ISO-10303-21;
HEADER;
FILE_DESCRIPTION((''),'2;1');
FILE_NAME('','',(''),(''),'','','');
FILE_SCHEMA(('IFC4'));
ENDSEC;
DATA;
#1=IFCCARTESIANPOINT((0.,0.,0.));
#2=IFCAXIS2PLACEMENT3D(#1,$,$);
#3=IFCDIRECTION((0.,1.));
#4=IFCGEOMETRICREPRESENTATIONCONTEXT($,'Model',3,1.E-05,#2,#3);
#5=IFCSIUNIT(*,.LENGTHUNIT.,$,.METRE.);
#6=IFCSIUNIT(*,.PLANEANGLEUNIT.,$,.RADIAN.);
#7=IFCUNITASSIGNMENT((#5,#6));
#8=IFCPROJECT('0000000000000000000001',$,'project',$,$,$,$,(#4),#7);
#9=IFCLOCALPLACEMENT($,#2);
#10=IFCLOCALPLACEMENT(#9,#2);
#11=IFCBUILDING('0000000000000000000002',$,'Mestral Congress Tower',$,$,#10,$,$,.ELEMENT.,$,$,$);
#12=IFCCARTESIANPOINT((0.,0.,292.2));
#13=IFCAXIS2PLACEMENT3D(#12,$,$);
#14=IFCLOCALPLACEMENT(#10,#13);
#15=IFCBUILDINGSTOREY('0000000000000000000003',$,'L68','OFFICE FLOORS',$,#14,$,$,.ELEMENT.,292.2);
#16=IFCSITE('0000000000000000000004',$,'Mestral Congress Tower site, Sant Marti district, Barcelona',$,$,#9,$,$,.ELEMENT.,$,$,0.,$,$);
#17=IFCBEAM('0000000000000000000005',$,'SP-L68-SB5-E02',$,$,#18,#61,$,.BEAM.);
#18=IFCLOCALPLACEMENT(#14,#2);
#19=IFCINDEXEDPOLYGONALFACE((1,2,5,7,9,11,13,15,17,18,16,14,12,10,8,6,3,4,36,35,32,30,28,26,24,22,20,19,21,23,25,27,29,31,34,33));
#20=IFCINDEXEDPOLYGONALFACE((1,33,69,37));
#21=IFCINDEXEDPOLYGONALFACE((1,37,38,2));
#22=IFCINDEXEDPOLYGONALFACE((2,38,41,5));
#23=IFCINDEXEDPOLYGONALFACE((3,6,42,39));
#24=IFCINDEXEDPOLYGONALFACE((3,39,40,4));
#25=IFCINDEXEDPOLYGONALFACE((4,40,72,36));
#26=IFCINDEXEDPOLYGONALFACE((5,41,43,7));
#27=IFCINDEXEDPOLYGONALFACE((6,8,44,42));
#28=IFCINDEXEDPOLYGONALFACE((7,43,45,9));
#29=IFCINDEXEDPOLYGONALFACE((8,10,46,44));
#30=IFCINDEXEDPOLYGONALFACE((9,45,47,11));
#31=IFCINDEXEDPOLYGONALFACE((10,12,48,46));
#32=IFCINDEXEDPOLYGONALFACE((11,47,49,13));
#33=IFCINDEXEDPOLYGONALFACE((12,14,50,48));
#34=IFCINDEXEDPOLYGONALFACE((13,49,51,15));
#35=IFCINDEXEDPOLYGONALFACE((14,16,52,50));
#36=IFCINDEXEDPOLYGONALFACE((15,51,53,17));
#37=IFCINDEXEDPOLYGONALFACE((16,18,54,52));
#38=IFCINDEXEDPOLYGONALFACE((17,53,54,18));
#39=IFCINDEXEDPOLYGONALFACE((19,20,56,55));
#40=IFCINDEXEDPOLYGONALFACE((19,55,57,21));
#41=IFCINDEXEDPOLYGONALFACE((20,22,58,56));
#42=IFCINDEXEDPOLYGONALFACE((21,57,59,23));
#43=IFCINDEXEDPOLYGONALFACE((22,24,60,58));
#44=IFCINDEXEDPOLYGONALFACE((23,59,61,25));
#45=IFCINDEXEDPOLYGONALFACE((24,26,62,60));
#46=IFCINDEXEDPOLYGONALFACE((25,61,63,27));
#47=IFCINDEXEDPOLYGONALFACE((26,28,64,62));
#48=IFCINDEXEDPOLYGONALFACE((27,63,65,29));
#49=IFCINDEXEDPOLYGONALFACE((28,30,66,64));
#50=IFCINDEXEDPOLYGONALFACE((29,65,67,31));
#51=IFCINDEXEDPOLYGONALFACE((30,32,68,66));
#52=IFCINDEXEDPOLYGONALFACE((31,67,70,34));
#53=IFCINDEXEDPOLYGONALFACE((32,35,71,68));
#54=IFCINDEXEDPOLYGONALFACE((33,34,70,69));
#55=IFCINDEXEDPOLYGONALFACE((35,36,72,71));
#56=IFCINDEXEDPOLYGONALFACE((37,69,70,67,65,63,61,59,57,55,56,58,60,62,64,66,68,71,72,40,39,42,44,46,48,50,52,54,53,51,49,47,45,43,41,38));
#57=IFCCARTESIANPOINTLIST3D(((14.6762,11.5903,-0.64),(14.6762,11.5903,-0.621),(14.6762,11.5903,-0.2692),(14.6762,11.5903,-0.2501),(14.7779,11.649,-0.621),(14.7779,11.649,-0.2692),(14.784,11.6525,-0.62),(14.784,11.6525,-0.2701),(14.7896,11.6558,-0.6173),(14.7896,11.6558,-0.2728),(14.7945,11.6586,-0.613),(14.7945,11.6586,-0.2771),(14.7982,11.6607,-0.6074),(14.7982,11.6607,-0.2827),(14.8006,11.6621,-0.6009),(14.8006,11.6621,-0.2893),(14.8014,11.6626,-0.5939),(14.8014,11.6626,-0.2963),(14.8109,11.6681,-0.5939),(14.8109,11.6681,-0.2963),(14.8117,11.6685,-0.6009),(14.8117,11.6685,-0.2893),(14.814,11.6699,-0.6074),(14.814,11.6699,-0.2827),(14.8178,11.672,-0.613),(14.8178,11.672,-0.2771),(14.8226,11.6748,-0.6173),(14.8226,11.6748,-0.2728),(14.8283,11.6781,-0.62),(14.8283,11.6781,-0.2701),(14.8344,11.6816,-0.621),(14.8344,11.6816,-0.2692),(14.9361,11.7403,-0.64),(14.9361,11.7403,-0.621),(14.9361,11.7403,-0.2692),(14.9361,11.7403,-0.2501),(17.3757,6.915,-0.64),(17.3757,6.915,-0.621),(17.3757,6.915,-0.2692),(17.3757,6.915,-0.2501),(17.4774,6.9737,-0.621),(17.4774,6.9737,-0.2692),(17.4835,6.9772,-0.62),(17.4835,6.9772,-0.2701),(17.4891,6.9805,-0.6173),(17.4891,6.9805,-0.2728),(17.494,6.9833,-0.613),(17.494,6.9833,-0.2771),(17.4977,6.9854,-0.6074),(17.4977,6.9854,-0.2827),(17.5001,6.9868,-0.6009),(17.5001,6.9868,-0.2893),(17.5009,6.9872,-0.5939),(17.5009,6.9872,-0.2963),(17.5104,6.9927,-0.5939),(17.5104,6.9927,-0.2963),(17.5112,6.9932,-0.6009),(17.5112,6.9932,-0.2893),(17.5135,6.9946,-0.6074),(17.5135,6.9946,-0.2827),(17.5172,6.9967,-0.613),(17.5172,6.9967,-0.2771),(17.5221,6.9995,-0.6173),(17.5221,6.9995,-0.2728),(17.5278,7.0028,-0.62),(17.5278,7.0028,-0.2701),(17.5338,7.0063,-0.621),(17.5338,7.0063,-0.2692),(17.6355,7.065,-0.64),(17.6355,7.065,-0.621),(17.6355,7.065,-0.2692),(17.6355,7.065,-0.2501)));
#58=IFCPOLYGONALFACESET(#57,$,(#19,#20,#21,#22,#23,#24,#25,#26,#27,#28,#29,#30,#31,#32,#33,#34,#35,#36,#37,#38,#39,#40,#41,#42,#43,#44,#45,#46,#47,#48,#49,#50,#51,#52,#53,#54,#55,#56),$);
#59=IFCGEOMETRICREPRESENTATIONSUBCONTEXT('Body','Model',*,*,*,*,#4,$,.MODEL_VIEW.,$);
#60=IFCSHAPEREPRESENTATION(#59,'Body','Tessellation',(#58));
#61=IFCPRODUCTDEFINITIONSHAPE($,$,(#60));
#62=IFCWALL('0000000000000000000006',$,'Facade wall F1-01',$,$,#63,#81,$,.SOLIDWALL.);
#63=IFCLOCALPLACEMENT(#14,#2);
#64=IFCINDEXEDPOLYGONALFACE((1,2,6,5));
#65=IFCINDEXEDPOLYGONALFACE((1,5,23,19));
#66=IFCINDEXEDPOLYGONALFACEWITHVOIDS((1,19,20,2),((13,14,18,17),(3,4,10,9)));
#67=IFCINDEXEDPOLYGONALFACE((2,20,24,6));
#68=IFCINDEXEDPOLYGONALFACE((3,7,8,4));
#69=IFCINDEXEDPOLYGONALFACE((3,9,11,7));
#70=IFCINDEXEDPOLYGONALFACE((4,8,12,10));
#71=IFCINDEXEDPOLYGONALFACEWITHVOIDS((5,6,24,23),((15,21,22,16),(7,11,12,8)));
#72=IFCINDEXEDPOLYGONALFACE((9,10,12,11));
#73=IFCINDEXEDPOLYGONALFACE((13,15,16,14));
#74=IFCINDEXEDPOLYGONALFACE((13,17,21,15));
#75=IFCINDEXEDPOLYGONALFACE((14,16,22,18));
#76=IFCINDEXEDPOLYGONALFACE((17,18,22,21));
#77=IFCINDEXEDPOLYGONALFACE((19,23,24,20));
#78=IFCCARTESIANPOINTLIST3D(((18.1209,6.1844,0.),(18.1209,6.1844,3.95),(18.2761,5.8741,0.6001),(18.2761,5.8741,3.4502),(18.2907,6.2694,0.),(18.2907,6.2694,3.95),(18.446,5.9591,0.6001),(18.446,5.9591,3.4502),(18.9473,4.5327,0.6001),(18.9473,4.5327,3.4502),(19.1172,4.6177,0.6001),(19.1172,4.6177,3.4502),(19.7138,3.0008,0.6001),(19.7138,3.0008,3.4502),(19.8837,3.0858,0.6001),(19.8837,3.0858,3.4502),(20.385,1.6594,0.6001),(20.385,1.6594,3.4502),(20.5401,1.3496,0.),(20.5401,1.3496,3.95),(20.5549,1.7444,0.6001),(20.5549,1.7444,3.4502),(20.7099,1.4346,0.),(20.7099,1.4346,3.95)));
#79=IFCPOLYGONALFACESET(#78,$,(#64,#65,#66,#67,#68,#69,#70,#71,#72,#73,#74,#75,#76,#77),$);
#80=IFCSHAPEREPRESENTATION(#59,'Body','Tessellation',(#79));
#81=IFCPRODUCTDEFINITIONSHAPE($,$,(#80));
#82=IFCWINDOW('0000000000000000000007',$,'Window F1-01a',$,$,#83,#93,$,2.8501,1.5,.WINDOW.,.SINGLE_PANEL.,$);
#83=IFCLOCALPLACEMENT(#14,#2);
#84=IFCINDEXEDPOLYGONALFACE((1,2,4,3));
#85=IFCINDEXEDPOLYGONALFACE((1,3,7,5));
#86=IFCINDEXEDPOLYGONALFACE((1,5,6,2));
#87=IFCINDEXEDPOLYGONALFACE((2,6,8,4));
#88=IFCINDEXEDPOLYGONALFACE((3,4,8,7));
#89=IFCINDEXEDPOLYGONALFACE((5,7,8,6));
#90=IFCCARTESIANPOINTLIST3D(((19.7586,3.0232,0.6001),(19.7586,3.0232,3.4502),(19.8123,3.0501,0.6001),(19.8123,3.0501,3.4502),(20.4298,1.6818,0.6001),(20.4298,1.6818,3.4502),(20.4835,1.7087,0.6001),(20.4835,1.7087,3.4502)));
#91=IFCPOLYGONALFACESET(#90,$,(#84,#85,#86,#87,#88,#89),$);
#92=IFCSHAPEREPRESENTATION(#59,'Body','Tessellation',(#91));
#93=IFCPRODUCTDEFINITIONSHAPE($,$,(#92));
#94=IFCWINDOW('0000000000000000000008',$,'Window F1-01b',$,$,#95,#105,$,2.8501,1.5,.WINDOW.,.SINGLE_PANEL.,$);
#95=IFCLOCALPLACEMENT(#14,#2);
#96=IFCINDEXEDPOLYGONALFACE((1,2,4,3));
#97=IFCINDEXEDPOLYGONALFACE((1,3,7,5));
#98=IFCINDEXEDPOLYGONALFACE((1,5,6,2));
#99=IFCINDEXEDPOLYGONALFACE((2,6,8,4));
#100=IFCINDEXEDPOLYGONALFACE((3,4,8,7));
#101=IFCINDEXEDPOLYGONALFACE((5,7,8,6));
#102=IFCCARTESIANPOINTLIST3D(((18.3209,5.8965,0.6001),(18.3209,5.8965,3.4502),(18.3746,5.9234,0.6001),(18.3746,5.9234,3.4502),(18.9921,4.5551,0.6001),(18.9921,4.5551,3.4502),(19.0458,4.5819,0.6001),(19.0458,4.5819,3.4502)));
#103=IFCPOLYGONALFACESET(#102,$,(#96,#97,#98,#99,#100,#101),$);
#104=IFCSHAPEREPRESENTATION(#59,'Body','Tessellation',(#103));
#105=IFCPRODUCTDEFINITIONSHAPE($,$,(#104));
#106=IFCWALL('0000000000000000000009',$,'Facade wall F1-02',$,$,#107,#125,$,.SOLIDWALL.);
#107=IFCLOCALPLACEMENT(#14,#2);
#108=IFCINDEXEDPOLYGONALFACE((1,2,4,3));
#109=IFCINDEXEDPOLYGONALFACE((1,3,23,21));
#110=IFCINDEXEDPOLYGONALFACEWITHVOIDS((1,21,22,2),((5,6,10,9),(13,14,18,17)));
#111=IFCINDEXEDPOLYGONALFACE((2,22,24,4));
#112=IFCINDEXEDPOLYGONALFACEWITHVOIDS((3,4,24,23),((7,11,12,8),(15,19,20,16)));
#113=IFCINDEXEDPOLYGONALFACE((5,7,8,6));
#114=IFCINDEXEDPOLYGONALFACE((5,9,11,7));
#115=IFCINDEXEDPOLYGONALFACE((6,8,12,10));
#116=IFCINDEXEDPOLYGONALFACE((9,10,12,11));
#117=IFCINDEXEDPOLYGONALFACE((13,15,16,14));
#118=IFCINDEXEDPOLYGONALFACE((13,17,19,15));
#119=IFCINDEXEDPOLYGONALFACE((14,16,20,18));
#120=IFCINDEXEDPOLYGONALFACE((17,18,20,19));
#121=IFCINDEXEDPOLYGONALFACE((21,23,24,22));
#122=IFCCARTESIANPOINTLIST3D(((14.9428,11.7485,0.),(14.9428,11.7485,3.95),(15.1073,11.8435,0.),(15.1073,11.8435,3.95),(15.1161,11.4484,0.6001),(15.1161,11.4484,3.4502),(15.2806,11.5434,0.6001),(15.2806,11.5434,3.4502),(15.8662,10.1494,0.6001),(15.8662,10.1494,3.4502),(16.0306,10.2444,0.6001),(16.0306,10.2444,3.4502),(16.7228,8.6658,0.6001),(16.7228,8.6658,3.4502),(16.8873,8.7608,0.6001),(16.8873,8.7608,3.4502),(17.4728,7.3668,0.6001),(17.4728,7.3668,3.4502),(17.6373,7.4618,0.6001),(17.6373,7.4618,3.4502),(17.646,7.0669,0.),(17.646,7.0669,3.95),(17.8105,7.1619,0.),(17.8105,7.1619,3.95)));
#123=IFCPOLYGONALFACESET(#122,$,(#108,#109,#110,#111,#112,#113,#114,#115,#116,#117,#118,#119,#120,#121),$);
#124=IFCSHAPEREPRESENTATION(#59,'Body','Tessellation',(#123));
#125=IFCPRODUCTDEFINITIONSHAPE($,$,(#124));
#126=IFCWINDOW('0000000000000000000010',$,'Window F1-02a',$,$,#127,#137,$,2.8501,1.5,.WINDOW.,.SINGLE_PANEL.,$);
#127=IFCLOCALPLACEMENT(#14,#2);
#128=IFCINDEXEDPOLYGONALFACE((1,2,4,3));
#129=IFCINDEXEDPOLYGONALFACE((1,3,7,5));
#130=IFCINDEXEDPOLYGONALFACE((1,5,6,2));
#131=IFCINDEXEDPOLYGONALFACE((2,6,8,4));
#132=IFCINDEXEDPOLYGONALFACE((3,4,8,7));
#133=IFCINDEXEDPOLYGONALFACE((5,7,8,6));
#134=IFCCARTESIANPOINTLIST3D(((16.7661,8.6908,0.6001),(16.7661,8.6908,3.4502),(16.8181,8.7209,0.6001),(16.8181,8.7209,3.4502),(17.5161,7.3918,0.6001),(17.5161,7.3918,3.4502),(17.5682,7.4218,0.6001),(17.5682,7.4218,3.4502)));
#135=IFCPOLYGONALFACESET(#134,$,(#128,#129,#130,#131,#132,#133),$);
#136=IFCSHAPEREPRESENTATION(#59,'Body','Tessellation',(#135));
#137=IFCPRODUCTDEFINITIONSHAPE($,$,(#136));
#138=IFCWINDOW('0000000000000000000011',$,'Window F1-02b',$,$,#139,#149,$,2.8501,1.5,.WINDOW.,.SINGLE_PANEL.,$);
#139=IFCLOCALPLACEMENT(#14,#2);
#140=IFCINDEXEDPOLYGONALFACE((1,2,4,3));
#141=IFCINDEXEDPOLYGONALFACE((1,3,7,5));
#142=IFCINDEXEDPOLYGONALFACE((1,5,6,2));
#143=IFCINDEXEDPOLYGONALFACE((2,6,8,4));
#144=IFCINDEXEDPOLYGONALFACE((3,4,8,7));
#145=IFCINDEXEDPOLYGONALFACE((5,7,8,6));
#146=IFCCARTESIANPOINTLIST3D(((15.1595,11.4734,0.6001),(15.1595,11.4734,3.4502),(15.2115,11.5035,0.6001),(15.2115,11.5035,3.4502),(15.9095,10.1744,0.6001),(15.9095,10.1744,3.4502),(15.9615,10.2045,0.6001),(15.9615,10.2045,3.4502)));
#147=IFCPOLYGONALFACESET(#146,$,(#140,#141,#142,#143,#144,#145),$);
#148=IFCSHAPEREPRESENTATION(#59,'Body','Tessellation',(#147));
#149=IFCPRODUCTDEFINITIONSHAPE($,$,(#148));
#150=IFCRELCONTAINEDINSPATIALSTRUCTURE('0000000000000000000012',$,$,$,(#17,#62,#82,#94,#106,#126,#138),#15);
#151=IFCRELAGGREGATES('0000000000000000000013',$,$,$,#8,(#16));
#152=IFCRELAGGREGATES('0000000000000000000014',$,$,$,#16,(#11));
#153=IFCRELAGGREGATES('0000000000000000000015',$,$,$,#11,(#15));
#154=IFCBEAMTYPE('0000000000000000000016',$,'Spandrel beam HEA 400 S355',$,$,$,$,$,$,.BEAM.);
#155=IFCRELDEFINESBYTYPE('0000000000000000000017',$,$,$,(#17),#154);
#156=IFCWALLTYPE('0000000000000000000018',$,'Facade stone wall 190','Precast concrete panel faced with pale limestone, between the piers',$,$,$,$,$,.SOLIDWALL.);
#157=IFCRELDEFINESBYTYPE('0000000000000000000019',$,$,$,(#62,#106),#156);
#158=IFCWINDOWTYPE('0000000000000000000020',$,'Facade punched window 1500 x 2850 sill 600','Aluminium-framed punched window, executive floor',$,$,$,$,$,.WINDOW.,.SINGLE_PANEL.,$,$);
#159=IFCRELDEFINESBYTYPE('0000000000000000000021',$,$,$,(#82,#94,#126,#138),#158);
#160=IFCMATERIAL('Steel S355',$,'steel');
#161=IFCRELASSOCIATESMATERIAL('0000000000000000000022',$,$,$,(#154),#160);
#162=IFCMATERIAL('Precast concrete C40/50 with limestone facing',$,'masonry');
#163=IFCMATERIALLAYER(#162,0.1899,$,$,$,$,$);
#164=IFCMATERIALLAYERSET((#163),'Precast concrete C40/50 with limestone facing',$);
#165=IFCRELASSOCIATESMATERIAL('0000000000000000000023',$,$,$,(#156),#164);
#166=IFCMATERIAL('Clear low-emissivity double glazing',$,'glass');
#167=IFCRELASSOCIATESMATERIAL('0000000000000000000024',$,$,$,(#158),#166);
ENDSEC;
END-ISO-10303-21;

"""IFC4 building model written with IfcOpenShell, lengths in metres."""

from ifc_helpers import new_model, si_unit, direction, frame, frame_2d, origin, origin_2d, place, context, subcontext, project, spatial, rectangle, i_section, extrude, material, layer, layer_set, material_profile, profile_set, type_object, element, fill, save


model = new_model("IFC4")

# Units and contexts
model_context = context("Model", 3, precision=1e-05, world=origin(), true_north=direction((0.0, 1.0)))
body_context = subcontext(model_context, "Body", "Model", "MODEL_VIEW")
ifc_project = project(units=[si_unit("LENGTHUNIT", "METRE"), si_unit("PLANEANGLEUNIT", "RADIAN")], contexts=[model_context])

# Site, building, storey
site_placement = place(None, origin())
site = spatial("IfcSite", under=ifc_project, at=site_placement, Name="Mestral Congress Tower site, Sant Marti district, Barcelona", CompositionType="ELEMENT", RefElevation=0.0)
building_placement = place(site_placement, origin())
building = spatial("IfcBuilding", under=site, at=building_placement, Name="Mestral Congress Tower", CompositionType="ELEMENT")
storey_placement = place(building_placement, frame((0.0, 0.0, 292.2)))
storey = spatial("IfcBuildingStorey", under=building, at=storey_placement, Name="L68", Description="OFFICE FLOORS", CompositionType="ELEMENT", Elevation=292.2)

# Beam
ifc_material_1 = material(Name="Steel S355", Category="steel")
ifc_material_profile_1 = material_profile(ifc_material_1, i_section(OverallWidth=0.3, OverallDepth=0.3899, WebThickness=0.011, FlangeThickness=0.019, FilletRadius=0.0271, at=origin_2d()), Name="HEA 400")
ifc_profile_set_1 = profile_set([ifc_material_profile_1], Name="Steel S355")
beam_type_1 = type_object("IfcBeamType", Name="Spandrel beam HEA 400 S355", PredefinedType="BEAM", material=ifc_profile_set_1)
beam_1_placement = place(storey_placement, frame((17.5056, 6.99, -0.4451), z_axis=(-0.500025, 0.866011, 0.0), x_axis=(-0.866011, -0.500025, 0.0)))
element("IfcBeam", 1, at=beam_1_placement, inside=storey, type_object=beam_type_1, Name="SP-L68-SB5-E02", PredefinedType="BEAM", context=body_context, shape_type="SweptSolid", body=[
    extrude(i_section(OverallWidth=0.3, OverallDepth=0.3899, WebThickness=0.011, FlangeThickness=0.019, FilletRadius=0.0271, at=origin_2d()), origin(), (0.0, 0.0, 1.0), 5.3987),
])

# Walls, openings, windows
ifc_material_2 = material(Name="Precast concrete C40/50 with limestone facing", Category="masonry")
ifc_layer_1 = layer(ifc_material_2, 0.1899)
ifc_layer_set_1 = layer_set([ifc_layer_1], Name="Precast concrete C40/50 with limestone facing")
wall_type_1 = type_object("IfcWallType", Name="Facade stone wall 190", Description="Precast concrete panel faced with pale limestone, between the piers", PredefinedType="SOLIDWALL", material=ifc_layer_set_1)
wall_1_placement = place(storey_placement, frame((20.625, 1.3921, 0.0), z_axis=(0.0, 0.0, 1.0), x_axis=(-0.447485, 0.894292, 0.0)))
wall_1 = element("IfcWall", 2, at=wall_1_placement, inside=storey, type_object=wall_type_1, Name="Facade wall F1-01", PredefinedType="SOLIDWALL", context=body_context, shape_type="SweptSolid", body=[
    extrude(rectangle(XDim=5.4062, YDim=0.1899, at=frame_2d((2.7031, 0.0))), origin(), (0.0, 0.0, 1.0), 3.95),
])
opening_1_placement = place(wall_1_placement, frame((0.3464, 0.0, 0.6001)))
opening_1 = element("IfcOpeningElement", 3, at=opening_1_placement, cuts=wall_1, PredefinedType="OPENING", context=body_context, shape_type="SweptSolid", body=[
    extrude(rectangle(XDim=1.5, YDim=2.8501, at=frame_2d((0.75, 1.425))), frame((0.0, 0.105, 0.0), z_axis=(0.0, -1.0, 0.0), x_axis=(1.0, 0.0, 0.0)), (0.0, 0.0, 1.0), 0.21),
])
opening_2_placement = place(wall_1_placement, frame((3.5593, 0.0, 0.6001)))
opening_2 = element("IfcOpeningElement", 4, at=opening_2_placement, cuts=wall_1, PredefinedType="OPENING", context=body_context, shape_type="SweptSolid", body=[
    extrude(rectangle(XDim=1.5, YDim=2.8501, at=frame_2d((0.75, 1.425))), frame((0.0, 0.105, 0.0), z_axis=(0.0, -1.0, 0.0), x_axis=(1.0, 0.0, 0.0)), (0.0, 0.0, 1.0), 0.21),
])
ifc_material_3 = material(Name="Clear low-emissivity double glazing", Category="glass")
window_type = type_object("IfcWindowType", Name="Facade punched window 1500 x 2850 sill 600", Description="Aluminium-framed punched window, executive floor", PartitioningType="SINGLE_PANEL", PredefinedType="WINDOW", material=ifc_material_3)
window_1_placement = place(opening_1_placement, origin())
window_1 = element("IfcWindow", 5, at=window_1_placement, inside=storey, type_object=window_type, Name="Window F1-01a", OverallHeight=2.8501, OverallWidth=1.5, PartitioningType="SINGLE_PANEL", PredefinedType="WINDOW", context=body_context, shape_type="SweptSolid", body=[
    extrude(rectangle(XDim=1.5, YDim=2.8501, at=frame_2d((0.75, 1.425))), frame((0.0, 0.0449, 0.0), z_axis=(0.0, -1.0, 0.0), x_axis=(1.0, 0.0, 0.0)), (0.0, 0.0, 1.0), 0.0601),
])
fill(opening_1, window_1)
window_2_placement = place(opening_2_placement, origin())
window_2 = element("IfcWindow", 6, at=window_2_placement, inside=storey, type_object=window_type, Name="Window F1-01b", OverallHeight=2.8501, OverallWidth=1.5, PartitioningType="SINGLE_PANEL", PredefinedType="WINDOW", context=body_context, shape_type="SweptSolid", body=[
    extrude(rectangle(XDim=1.5, YDim=2.8501, at=frame_2d((0.75, 1.425))), frame((0.0, 0.0449, 0.0), z_axis=(0.0, -1.0, 0.0), x_axis=(1.0, 0.0, 0.0)), (0.0, 0.0, 1.0), 0.0601),
])
fill(opening_2, window_2)
wall_2_placement = place(storey_placement, frame((17.7283, 7.1143, 0.0), z_axis=(0.0, 0.0, 1.0), x_axis=(-0.500025, 0.866011, 0.0)))
wall_2 = element("IfcWall", 7, at=wall_2_placement, inside=storey, type_object=wall_type_1, Name="Facade wall F1-02", PredefinedType="SOLIDWALL", context=body_context, shape_type="SweptSolid", body=[
    extrude(rectangle(XDim=5.406, YDim=0.1899, at=frame_2d((2.7031, 0.0))), origin(), (0.0, 0.0, 1.0), 3.95),
])
opening_3_placement = place(wall_2_placement, frame((0.3464, 0.0, 0.6001)))
opening_3 = element("IfcOpeningElement", 8, at=opening_3_placement, cuts=wall_2, PredefinedType="OPENING", context=body_context, shape_type="SweptSolid", body=[
    extrude(rectangle(XDim=1.5, YDim=2.8501, at=frame_2d((0.75, 1.425))), frame((0.0, 0.105, 0.0), z_axis=(0.0, -1.0, 0.0), x_axis=(1.0, 0.0, 0.0)), (0.0, 0.0, 1.0), 0.21),
])
opening_4_placement = place(wall_2_placement, frame((3.5596, 0.0, 0.6001)))
opening_4 = element("IfcOpeningElement", 9, at=opening_4_placement, cuts=wall_2, PredefinedType="OPENING", context=body_context, shape_type="SweptSolid", body=[
    extrude(rectangle(XDim=1.5, YDim=2.8501, at=frame_2d((0.75, 1.425))), frame((0.0, 0.105, 0.0), z_axis=(0.0, -1.0, 0.0), x_axis=(1.0, 0.0, 0.0)), (0.0, 0.0, 1.0), 0.21),
])
window_3_placement = place(opening_3_placement, origin())
window_3 = element("IfcWindow", 10, at=window_3_placement, inside=storey, type_object=window_type, Name="Window F1-02a", OverallHeight=2.8501, OverallWidth=1.5, PartitioningType="SINGLE_PANEL", PredefinedType="WINDOW", context=body_context, shape_type="SweptSolid", body=[
    extrude(rectangle(XDim=1.5, YDim=2.8501, at=frame_2d((0.75, 1.425))), frame((0.0, 0.0449, 0.0), z_axis=(0.0, -1.0, 0.0), x_axis=(1.0, 0.0, 0.0)), (0.0, 0.0, 1.0), 0.0601),
])
fill(opening_3, window_3)
window_4_placement = place(opening_4_placement, origin())
window_4 = element("IfcWindow", 11, at=window_4_placement, inside=storey, type_object=window_type, Name="Window F1-02b", OverallHeight=2.8501, OverallWidth=1.5, PartitioningType="SINGLE_PANEL", PredefinedType="WINDOW", context=body_context, shape_type="SweptSolid", body=[
    extrude(rectangle(XDim=1.5, YDim=2.8501, at=frame_2d((0.75, 1.425))), frame((0.0, 0.0449, 0.0), z_axis=(0.0, -1.0, 0.0), x_axis=(1.0, 0.0, 0.0)), (0.0, 0.0, 1.0), 0.0601),
])
fill(opening_4, window_4)

save(model, "model.ifc")
